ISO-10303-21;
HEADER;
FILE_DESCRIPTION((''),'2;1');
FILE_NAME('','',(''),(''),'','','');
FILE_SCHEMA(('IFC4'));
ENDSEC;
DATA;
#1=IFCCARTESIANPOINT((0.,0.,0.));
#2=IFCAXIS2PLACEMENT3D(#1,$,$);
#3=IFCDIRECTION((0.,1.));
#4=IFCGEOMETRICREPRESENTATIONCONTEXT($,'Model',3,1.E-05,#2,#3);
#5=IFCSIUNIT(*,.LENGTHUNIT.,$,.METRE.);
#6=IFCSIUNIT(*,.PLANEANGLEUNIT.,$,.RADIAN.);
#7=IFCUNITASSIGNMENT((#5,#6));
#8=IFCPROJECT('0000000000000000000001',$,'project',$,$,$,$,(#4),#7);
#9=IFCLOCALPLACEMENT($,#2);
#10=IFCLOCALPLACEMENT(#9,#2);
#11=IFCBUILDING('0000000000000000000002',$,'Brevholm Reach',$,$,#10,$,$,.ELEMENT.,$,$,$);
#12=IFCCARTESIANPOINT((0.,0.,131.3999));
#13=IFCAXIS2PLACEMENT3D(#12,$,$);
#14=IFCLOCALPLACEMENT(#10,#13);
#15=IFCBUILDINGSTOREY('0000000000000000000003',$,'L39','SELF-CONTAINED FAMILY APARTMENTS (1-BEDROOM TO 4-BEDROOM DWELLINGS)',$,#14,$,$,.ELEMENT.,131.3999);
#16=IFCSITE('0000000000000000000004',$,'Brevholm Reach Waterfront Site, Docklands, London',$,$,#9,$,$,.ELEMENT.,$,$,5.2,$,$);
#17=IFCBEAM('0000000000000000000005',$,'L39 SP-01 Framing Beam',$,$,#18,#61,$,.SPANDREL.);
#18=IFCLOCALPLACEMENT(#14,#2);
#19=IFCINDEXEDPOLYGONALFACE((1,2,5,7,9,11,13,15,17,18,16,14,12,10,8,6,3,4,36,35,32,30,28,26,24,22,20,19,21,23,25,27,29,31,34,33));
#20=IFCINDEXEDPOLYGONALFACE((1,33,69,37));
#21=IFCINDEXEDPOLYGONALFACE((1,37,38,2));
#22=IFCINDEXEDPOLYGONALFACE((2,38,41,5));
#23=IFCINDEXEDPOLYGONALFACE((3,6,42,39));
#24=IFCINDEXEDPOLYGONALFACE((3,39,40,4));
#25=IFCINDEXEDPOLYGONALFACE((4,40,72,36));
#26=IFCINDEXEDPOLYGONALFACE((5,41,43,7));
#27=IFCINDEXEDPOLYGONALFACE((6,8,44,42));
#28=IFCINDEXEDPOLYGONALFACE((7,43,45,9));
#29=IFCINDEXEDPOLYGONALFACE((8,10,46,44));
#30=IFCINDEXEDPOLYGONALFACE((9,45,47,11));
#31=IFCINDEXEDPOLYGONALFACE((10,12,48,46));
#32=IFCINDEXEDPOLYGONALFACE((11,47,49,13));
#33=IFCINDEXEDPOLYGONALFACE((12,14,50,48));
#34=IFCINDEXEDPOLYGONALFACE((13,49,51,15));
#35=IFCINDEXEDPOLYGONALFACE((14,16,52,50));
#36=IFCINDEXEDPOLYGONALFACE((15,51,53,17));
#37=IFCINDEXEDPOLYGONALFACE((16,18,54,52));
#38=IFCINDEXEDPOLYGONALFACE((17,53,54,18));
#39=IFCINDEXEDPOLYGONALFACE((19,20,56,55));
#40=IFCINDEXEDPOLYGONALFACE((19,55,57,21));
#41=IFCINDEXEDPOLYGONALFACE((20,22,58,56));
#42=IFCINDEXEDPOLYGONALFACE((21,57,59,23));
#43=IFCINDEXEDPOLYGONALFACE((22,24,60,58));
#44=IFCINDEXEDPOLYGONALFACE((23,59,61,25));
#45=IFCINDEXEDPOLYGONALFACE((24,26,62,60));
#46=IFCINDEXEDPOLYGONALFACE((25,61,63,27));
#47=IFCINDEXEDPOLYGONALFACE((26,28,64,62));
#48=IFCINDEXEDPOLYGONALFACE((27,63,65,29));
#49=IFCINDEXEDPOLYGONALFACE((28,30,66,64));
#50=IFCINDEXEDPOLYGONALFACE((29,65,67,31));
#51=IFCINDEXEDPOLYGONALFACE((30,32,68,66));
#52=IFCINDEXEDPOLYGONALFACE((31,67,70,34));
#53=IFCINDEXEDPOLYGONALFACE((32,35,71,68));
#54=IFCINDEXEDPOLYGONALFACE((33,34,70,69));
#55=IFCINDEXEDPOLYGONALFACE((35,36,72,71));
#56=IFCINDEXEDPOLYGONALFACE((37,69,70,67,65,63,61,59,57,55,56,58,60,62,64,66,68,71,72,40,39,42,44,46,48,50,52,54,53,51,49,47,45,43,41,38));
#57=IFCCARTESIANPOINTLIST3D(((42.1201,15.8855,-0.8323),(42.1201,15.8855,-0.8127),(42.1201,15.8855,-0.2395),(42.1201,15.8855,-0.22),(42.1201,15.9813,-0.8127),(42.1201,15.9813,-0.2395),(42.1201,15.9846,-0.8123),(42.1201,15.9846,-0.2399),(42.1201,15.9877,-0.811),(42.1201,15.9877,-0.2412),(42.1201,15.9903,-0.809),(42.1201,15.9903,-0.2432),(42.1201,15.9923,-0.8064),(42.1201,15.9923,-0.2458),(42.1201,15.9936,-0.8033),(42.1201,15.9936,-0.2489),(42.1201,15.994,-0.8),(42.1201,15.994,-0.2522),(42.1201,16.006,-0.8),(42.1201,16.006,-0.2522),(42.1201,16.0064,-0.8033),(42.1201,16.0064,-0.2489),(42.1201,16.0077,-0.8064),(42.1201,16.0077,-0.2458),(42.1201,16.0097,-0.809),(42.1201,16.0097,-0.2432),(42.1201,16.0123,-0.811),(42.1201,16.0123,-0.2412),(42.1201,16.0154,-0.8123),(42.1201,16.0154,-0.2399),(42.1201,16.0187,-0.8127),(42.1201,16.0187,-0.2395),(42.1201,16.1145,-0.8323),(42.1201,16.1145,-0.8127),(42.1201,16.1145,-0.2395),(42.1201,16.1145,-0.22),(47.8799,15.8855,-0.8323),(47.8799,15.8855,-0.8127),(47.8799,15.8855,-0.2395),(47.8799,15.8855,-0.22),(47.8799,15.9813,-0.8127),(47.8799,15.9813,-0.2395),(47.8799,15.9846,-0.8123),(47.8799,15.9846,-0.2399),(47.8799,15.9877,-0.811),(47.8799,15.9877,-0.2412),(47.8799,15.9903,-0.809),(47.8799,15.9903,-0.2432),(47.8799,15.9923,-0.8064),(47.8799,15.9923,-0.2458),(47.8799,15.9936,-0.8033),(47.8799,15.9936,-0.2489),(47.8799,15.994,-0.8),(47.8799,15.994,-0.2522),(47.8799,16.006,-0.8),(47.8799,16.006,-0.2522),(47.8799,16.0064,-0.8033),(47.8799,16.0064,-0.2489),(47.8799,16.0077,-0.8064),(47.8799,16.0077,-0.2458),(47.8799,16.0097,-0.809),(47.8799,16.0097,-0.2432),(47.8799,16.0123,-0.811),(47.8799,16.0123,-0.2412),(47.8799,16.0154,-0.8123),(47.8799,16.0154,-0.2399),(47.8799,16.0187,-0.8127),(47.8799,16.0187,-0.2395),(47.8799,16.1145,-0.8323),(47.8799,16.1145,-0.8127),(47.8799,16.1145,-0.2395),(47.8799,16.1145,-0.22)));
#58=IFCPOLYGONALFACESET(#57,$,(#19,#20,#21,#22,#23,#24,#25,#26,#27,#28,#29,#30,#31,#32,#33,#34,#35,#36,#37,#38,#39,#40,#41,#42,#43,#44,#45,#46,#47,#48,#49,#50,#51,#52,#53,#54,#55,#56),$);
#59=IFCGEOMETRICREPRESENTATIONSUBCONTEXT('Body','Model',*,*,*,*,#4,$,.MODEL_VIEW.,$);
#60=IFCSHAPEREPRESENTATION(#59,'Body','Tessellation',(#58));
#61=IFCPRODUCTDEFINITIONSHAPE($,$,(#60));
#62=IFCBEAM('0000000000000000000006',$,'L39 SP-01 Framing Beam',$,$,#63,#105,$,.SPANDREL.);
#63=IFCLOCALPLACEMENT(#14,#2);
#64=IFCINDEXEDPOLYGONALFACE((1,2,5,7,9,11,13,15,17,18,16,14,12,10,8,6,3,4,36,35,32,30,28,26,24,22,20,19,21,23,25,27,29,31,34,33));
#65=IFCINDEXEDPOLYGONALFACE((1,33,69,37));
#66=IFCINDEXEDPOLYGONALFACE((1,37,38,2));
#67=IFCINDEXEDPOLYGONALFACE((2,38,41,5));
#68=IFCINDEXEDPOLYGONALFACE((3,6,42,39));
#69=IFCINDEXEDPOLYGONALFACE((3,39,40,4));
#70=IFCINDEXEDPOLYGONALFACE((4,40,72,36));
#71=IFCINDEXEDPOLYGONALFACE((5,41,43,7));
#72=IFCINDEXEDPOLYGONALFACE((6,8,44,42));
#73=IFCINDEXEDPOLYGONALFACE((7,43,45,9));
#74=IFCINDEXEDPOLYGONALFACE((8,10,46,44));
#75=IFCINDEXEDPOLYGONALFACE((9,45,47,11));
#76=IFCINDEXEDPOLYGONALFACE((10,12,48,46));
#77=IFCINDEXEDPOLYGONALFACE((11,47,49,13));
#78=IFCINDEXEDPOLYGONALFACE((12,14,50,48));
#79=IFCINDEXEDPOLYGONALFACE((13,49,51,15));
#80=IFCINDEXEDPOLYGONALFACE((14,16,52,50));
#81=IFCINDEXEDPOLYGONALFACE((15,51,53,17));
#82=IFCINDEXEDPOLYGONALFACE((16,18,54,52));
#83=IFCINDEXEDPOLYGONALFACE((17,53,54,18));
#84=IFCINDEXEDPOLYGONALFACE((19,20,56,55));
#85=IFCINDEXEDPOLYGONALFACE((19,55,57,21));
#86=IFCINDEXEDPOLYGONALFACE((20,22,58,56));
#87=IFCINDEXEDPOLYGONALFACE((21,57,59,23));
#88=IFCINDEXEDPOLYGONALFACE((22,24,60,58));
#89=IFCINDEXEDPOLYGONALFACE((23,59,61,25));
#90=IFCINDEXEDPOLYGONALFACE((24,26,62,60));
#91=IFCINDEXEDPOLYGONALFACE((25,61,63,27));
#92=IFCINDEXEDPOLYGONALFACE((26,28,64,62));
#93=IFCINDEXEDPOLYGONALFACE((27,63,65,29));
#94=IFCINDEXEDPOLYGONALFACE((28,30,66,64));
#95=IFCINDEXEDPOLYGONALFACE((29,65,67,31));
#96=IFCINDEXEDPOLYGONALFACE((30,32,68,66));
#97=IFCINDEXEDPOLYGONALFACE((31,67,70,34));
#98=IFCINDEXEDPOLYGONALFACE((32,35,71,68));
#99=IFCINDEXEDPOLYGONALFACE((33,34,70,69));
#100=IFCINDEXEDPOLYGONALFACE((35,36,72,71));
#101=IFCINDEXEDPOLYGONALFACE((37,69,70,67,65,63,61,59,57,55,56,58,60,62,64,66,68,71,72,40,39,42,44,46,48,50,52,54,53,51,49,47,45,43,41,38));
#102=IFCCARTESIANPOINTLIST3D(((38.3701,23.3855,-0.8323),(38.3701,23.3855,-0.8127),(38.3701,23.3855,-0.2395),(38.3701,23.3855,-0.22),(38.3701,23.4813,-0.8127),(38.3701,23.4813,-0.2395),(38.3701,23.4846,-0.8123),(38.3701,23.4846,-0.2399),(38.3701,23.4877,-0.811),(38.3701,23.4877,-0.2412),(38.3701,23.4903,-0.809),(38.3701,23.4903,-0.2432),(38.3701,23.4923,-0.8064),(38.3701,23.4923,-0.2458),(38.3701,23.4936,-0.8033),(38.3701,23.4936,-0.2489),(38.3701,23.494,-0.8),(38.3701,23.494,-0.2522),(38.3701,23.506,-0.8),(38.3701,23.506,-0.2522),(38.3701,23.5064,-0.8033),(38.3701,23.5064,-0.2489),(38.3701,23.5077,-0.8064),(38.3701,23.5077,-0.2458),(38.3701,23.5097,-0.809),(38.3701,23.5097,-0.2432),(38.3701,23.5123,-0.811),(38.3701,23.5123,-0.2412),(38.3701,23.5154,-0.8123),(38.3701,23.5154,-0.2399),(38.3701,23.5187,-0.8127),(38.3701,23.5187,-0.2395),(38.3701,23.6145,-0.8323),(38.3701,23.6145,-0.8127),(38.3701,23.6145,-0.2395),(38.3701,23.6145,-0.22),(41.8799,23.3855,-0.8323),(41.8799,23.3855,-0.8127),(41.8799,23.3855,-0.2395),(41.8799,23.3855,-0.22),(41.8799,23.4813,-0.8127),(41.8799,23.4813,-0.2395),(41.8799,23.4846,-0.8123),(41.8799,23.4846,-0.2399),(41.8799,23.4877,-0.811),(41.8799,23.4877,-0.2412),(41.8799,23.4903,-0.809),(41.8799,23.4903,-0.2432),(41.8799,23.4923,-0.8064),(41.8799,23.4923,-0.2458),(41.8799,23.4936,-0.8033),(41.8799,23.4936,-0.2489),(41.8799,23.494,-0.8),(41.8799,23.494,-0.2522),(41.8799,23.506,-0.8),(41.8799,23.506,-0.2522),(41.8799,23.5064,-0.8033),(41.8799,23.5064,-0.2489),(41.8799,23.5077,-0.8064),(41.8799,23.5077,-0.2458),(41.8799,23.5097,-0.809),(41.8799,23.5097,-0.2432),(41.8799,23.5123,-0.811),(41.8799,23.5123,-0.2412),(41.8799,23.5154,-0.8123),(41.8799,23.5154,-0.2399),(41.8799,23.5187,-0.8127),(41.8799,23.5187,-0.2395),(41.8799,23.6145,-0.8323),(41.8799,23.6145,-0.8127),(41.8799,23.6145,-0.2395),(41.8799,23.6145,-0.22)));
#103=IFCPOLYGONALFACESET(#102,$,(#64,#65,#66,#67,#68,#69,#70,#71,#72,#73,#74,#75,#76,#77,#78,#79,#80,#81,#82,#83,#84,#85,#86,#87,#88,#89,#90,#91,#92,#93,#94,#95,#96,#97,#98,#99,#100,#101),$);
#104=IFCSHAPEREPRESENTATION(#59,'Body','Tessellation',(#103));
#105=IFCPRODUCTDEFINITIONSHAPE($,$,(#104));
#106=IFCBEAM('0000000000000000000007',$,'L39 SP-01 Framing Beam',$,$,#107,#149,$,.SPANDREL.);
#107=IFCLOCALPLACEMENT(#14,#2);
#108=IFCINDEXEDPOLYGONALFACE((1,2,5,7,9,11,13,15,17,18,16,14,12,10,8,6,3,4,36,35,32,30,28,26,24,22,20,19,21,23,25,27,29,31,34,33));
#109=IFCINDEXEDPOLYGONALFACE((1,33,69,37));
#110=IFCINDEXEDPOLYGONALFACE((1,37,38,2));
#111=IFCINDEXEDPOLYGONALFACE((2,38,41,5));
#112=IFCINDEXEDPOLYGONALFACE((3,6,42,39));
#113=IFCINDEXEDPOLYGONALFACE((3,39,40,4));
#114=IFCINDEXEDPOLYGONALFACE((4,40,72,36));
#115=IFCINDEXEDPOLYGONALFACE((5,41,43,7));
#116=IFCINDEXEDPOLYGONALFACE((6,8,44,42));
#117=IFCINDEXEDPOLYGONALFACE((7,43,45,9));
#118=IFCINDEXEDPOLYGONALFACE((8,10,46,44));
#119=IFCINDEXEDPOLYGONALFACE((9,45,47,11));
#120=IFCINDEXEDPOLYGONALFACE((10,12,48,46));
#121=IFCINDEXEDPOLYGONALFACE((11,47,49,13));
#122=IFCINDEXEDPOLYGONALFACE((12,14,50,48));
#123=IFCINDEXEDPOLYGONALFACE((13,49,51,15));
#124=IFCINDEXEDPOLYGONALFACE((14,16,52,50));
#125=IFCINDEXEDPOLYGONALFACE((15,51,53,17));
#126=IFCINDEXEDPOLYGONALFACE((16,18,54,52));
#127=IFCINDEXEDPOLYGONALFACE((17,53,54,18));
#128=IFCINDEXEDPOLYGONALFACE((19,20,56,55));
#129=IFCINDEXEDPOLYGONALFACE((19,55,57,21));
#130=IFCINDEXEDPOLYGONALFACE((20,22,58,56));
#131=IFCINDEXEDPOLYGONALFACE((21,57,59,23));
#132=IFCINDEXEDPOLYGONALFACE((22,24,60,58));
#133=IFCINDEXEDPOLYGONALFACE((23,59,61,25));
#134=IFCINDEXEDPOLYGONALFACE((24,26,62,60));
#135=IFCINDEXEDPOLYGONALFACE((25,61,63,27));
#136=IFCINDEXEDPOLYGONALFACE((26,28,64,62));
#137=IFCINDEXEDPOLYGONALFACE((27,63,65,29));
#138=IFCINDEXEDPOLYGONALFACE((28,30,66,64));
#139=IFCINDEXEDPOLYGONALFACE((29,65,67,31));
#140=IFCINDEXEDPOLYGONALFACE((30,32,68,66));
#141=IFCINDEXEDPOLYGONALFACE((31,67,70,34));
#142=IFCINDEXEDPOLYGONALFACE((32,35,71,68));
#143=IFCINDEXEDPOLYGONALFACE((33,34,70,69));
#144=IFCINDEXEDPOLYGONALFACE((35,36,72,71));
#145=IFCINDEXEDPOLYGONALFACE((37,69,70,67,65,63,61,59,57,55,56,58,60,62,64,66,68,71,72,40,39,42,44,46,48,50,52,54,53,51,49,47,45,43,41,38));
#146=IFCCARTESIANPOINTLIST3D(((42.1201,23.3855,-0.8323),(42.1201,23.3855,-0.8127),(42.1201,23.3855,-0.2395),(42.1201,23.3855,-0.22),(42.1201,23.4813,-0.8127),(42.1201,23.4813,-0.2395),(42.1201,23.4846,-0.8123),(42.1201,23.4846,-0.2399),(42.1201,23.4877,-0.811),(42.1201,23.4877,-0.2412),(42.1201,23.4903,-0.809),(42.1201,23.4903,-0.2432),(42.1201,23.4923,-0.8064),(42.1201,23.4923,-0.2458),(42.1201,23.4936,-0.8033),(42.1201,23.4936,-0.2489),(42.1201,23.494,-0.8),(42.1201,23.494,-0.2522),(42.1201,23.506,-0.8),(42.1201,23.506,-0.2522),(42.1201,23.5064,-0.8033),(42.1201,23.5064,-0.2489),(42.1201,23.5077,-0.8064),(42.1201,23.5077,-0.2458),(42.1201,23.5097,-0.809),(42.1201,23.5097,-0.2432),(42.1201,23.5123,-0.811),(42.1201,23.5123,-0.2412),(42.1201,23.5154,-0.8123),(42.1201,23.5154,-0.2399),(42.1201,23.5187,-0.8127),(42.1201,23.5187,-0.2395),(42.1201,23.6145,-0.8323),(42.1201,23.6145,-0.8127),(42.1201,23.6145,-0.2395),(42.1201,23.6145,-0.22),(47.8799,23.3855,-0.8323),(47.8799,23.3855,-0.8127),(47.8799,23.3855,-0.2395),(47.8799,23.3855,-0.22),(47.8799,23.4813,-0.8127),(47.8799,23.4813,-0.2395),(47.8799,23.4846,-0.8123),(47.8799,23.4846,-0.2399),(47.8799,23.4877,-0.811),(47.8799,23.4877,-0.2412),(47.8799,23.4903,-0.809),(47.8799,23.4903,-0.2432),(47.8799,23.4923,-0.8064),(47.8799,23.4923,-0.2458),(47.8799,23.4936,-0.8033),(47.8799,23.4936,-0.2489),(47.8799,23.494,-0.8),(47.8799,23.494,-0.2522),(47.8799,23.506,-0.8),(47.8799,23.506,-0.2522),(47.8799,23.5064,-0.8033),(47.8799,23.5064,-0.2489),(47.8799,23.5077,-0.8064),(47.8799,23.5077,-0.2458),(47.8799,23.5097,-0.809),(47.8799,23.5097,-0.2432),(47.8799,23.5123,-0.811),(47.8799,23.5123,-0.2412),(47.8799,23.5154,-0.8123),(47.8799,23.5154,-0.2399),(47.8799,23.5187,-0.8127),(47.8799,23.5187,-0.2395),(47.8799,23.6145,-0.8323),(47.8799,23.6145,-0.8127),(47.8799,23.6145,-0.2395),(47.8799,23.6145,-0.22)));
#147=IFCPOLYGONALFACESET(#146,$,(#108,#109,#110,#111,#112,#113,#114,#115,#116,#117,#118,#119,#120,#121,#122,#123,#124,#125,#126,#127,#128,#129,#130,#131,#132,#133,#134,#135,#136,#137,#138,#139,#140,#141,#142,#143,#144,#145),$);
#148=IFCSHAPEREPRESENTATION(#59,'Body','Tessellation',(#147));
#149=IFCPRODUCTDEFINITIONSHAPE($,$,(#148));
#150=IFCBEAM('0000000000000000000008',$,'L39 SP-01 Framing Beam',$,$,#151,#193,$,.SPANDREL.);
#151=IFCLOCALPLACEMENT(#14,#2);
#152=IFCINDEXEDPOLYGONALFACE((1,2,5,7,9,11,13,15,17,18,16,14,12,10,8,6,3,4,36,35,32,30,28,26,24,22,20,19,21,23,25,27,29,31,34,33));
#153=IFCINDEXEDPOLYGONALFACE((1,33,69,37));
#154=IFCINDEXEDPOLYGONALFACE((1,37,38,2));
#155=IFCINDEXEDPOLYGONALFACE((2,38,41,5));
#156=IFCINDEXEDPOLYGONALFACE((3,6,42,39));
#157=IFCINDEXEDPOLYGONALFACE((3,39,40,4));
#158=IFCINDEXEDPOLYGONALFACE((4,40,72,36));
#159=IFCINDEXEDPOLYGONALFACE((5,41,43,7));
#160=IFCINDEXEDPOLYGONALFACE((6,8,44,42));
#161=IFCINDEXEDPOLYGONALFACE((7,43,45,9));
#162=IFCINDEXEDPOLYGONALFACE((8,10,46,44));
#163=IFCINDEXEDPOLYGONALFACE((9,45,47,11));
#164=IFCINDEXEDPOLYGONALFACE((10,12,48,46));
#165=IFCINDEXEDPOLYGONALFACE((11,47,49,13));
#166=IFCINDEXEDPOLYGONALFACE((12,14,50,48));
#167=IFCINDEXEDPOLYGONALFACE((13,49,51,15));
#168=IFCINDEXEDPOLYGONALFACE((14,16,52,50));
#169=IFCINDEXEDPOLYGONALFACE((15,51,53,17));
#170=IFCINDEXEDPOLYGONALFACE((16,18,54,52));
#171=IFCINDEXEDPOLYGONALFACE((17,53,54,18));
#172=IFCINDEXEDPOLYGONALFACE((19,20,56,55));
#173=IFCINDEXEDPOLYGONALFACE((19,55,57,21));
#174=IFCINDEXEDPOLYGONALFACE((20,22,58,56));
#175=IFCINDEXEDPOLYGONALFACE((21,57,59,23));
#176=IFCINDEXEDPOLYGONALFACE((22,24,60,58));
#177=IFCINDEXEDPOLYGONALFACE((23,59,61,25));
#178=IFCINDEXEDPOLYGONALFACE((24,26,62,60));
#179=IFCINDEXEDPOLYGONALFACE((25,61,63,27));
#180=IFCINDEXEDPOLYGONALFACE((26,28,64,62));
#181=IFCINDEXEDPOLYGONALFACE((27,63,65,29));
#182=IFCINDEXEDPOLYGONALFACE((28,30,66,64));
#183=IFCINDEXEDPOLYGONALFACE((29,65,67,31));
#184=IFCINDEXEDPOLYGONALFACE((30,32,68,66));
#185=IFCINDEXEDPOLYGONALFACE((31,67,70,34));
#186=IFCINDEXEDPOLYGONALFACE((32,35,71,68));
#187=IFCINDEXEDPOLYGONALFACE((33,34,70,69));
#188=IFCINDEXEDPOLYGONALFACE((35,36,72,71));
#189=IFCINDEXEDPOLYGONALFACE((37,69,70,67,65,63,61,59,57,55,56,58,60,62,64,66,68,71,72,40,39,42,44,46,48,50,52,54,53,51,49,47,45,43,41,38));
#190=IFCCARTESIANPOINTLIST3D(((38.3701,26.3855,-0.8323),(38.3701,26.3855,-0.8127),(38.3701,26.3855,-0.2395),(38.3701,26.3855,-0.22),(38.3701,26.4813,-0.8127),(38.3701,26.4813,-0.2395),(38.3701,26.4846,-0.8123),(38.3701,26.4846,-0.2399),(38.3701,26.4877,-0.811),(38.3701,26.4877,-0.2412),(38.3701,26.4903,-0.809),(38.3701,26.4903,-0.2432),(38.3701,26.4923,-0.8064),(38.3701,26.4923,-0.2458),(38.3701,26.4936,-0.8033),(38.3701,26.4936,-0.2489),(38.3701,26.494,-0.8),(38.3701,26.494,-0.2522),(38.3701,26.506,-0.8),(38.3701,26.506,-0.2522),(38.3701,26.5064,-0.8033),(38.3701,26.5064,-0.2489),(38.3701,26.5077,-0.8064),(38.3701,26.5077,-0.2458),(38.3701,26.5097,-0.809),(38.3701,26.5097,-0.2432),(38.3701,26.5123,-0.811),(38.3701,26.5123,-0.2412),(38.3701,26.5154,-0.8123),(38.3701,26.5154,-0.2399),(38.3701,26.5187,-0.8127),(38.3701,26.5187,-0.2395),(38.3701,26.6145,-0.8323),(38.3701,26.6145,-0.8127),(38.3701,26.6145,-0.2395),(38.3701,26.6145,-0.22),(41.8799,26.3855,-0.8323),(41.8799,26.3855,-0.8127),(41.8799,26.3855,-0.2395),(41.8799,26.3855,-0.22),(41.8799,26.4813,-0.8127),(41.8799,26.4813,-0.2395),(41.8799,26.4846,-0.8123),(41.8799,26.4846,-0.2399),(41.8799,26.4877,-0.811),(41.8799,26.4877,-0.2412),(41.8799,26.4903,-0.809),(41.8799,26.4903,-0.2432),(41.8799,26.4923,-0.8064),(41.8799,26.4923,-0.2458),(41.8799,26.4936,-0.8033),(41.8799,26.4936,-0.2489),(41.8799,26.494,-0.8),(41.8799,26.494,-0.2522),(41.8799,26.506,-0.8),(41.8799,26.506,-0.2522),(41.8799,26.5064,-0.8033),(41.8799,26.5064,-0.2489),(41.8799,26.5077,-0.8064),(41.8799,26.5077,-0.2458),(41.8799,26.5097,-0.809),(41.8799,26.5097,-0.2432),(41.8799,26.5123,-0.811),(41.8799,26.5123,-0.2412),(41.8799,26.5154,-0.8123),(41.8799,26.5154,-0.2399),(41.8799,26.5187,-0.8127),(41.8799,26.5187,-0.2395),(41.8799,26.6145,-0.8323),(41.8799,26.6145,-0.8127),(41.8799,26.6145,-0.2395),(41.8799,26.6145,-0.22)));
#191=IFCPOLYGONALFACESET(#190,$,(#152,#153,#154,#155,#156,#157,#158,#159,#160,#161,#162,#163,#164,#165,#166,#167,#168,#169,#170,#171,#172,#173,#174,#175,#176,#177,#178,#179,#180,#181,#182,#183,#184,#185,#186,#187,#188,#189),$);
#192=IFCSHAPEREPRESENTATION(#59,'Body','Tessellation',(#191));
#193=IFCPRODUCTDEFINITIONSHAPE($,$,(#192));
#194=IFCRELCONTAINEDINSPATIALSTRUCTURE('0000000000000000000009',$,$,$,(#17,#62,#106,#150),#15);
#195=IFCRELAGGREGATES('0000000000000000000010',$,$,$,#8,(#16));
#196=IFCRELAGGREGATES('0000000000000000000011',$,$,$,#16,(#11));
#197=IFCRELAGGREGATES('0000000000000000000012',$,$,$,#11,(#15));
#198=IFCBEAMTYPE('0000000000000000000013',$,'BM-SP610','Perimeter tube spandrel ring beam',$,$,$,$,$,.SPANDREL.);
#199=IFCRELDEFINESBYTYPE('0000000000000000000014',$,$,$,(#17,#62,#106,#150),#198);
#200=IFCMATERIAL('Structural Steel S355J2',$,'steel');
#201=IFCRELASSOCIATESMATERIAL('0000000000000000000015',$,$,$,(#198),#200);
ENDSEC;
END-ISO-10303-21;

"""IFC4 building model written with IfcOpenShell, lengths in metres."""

from ifc_helpers import new_model, si_unit, direction, frame, origin, origin_2d, place, context, subcontext, project, spatial, i_section, extrude, material, material_profile, profile_set, type_object, element, save


model = new_model("IFC4")

# Units and contexts
model_context = context("Model", 3, precision=1e-05, world=origin(), true_north=direction((0.0, 1.0)))
body_context = subcontext(model_context, "Body", "Model", "MODEL_VIEW")
ifc_project = project(units=[si_unit("LENGTHUNIT", "METRE"), si_unit("PLANEANGLEUNIT", "RADIAN")], contexts=[model_context])

# Site, building, storey
site_placement = place(None, origin())
site = spatial("IfcSite", under=ifc_project, at=site_placement, Name="Brevholm Reach Waterfront Site, Docklands, London", CompositionType="ELEMENT", RefElevation=5.2)
building_placement = place(site_placement, origin())
building = spatial("IfcBuilding", under=site, at=building_placement, Name="Brevholm Reach", CompositionType="ELEMENT")
storey_placement = place(building_placement, frame((0.0, 0.0, 131.3999)))
storey = spatial("IfcBuildingStorey", under=building, at=storey_placement, Name="L39", Description="SELF-CONTAINED FAMILY APARTMENTS (1-BEDROOM TO 4-BEDROOM DWELLINGS)", CompositionType="ELEMENT", Elevation=131.3999)

# Beams
ifc_material_1 = material(Name="Structural Steel S355J2", Category="steel")
ifc_material_profile_1 = material_profile(ifc_material_1, i_section(OverallWidth=0.229, OverallDepth=0.6123, WebThickness=0.012, FlangeThickness=0.0195, FilletRadius=0.0127, at=origin_2d()), Name="UKB 610x229x125")
ifc_profile_set_1 = profile_set([ifc_material_profile_1], Name="Structural Steel S355J2")
beam_type_1 = type_object("IfcBeamType", Name="BM-SP610", Description="Perimeter tube spandrel ring beam", PredefinedType="SPANDREL", material=ifc_profile_set_1)
beam_1_placement = place(storey_placement, frame((42.1201, 16.0, -0.5261), z_axis=(1.0, 0.0, 0.0), x_axis=(0.0, 1.0, 0.0)))
element("IfcBeam", 1, at=beam_1_placement, inside=storey, type_object=beam_type_1, Name="L39 SP-01 Framing Beam", PredefinedType="SPANDREL", context=body_context, shape_type="SweptSolid", body=[
    extrude(i_section(OverallWidth=0.229, OverallDepth=0.6123, WebThickness=0.012, FlangeThickness=0.0195, FilletRadius=0.0127, at=origin_2d()), origin(), (0.0, 0.0, 1.0), 5.7598),
])
beam_2_placement = place(storey_placement, frame((38.3701, 23.5, -0.5261), z_axis=(1.0, 0.0, 0.0), x_axis=(0.0, 1.0, 0.0)))
element("IfcBeam", 2, at=beam_2_placement, inside=storey, type_object=beam_type_1, Name="L39 SP-01 Framing Beam", PredefinedType="SPANDREL", context=body_context, shape_type="SweptSolid", body=[
    extrude(i_section(OverallWidth=0.229, OverallDepth=0.6123, WebThickness=0.012, FlangeThickness=0.0195, FilletRadius=0.0127, at=origin_2d()), origin(), (0.0, 0.0, 1.0), 3.5098),
])
beam_3_placement = place(storey_placement, frame((42.1201, 23.5, -0.5261), z_axis=(1.0, 0.0, 0.0), x_axis=(0.0, 1.0, 0.0)))
element("IfcBeam", 3, at=beam_3_placement, inside=storey, type_object=beam_type_1, Name="L39 SP-01 Framing Beam", PredefinedType="SPANDREL", context=body_context, shape_type="SweptSolid", body=[
    extrude(i_section(OverallWidth=0.229, OverallDepth=0.6123, WebThickness=0.012, FlangeThickness=0.0195, FilletRadius=0.0127, at=origin_2d()), origin(), (0.0, 0.0, 1.0), 5.7598),
])
beam_4_placement = place(storey_placement, frame((38.3701, 26.5, -0.5261), z_axis=(1.0, 0.0, 0.0), x_axis=(0.0, 1.0, 0.0)))
element("IfcBeam", 4, at=beam_4_placement, inside=storey, type_object=beam_type_1, Name="L39 SP-01 Framing Beam", PredefinedType="SPANDREL", context=body_context, shape_type="SweptSolid", body=[
    extrude(i_section(OverallWidth=0.229, OverallDepth=0.6123, WebThickness=0.012, FlangeThickness=0.0195, FilletRadius=0.0127, at=origin_2d()), origin(), (0.0, 0.0, 1.0), 3.5098),
])

save(model, "model.ifc")
